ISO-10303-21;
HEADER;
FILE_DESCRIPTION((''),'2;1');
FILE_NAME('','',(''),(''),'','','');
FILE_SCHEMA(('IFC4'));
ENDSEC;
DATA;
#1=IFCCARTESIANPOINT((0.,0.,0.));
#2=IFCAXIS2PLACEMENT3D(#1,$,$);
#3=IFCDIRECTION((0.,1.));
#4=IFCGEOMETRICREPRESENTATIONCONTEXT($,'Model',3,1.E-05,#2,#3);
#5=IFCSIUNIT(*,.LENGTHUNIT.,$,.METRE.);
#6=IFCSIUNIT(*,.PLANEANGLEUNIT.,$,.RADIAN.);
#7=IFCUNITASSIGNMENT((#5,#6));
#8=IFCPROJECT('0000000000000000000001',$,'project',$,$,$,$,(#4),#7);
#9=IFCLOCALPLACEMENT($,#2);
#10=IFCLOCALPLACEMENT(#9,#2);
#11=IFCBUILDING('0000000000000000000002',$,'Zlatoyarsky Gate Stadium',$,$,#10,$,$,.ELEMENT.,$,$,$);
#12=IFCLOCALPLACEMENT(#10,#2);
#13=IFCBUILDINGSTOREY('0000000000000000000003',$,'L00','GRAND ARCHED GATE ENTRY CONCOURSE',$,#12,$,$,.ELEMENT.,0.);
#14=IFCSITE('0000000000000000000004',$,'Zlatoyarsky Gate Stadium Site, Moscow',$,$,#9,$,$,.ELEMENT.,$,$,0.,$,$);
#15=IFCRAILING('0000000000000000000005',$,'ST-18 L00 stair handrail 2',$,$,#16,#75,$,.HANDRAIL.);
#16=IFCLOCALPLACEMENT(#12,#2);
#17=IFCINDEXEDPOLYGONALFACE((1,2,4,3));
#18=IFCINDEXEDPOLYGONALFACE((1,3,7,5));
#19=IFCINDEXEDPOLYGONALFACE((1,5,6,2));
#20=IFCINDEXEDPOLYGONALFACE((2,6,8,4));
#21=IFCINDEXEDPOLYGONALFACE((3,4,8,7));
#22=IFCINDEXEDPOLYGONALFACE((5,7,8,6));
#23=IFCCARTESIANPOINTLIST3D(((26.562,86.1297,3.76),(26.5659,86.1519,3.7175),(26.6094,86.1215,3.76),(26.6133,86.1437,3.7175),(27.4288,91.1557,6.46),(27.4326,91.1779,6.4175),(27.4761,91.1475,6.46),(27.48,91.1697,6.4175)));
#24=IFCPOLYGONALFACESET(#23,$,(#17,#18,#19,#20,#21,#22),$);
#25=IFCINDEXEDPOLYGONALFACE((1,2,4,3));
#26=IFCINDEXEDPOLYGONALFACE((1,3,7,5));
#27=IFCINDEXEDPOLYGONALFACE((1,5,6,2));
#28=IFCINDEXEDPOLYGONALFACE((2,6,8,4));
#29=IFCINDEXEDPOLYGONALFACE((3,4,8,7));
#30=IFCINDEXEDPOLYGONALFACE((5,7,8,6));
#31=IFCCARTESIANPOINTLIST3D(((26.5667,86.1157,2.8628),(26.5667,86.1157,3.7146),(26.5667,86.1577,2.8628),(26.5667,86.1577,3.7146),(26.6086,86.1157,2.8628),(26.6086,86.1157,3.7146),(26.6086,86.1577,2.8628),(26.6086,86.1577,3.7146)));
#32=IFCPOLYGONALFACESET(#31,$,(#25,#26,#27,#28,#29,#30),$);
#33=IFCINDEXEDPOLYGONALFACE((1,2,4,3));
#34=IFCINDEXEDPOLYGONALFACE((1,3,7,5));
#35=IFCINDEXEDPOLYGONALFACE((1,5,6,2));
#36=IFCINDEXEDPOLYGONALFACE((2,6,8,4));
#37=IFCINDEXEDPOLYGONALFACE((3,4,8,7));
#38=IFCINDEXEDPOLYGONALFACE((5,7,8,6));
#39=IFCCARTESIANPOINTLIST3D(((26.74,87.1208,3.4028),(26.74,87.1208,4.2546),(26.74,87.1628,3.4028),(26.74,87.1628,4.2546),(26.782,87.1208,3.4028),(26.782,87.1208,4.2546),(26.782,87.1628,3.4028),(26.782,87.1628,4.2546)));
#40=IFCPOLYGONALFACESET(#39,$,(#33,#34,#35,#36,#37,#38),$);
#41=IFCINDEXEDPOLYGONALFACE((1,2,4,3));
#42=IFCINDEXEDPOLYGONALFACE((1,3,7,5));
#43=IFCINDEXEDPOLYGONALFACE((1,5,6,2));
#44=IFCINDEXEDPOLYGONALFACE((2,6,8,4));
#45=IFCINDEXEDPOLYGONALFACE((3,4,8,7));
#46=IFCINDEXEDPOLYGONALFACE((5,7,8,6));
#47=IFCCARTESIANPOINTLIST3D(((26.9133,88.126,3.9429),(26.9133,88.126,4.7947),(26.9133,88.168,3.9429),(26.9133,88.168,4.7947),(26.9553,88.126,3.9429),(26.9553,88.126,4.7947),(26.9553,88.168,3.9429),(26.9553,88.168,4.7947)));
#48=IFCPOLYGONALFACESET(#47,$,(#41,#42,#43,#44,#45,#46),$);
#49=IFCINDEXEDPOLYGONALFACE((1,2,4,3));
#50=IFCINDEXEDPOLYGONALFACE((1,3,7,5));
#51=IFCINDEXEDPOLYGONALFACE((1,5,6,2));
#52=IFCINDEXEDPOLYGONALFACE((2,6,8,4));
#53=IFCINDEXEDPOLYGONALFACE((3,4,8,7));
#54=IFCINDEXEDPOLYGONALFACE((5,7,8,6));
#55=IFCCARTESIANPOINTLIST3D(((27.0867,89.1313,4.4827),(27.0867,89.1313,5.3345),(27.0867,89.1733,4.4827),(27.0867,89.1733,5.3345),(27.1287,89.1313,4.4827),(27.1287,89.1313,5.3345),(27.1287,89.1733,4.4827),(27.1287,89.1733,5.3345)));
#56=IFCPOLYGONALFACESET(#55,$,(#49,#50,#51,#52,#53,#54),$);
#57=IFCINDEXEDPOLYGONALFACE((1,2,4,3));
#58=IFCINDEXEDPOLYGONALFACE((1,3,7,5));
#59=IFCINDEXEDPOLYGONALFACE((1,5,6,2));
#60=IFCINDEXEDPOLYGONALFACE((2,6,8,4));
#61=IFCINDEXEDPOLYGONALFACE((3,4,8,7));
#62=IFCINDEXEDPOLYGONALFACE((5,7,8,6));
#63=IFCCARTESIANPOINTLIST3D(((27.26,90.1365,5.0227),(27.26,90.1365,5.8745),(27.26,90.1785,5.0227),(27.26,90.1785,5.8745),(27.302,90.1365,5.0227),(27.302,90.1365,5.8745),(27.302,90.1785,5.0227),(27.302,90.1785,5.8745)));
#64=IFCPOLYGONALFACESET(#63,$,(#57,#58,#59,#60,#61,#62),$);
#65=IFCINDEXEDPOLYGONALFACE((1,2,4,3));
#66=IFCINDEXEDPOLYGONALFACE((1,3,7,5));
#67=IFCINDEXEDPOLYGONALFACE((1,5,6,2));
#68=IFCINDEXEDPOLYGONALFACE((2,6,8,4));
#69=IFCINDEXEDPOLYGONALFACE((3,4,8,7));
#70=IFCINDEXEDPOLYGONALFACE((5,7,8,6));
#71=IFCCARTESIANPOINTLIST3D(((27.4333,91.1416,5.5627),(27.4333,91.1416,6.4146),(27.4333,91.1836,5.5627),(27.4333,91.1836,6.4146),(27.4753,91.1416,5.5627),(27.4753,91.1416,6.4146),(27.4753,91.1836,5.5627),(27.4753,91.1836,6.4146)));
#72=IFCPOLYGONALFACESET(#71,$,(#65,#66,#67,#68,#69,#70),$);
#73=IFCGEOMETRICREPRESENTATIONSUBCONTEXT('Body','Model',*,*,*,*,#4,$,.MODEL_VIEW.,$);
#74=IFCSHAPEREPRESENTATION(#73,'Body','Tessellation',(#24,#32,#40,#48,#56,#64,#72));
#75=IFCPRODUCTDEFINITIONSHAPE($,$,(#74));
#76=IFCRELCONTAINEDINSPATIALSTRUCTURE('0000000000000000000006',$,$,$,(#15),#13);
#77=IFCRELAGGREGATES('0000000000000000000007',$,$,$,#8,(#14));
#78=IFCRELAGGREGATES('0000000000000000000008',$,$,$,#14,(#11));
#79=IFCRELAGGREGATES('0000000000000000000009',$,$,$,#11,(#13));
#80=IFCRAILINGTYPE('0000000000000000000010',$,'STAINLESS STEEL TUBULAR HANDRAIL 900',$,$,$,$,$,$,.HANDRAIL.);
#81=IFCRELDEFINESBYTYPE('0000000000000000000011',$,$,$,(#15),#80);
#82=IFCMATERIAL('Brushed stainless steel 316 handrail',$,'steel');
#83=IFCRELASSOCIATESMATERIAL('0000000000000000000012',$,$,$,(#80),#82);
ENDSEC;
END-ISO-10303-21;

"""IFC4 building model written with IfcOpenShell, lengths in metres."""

from ifc_helpers import new_model, si_unit, direction, frame, origin, origin_2d, place, context, subcontext, project, spatial, rectangle, extrude, material, type_object, element, save


model = new_model("IFC4")

# Units and contexts
model_context = context("Model", 3, precision=1e-05, world=origin(), true_north=direction((0.0, 1.0)))
body_context = subcontext(model_context, "Body", "Model", "MODEL_VIEW")
ifc_project = project(units=[si_unit("LENGTHUNIT", "METRE"), si_unit("PLANEANGLEUNIT", "RADIAN")], contexts=[model_context])

# Site, building, storey
site_placement = place(None, origin())
site = spatial("IfcSite", under=ifc_project, at=site_placement, Name="Zlatoyarsky Gate Stadium Site, Moscow", CompositionType="ELEMENT", RefElevation=0.0)
building_placement = place(site_placement, origin())
building = spatial("IfcBuilding", under=site, at=building_placement, Name="Zlatoyarsky Gate Stadium", CompositionType="ELEMENT")
storey_placement = place(building_placement, origin())
storey = spatial("IfcBuildingStorey", under=building, at=storey_placement, Name="L00", Description="GRAND ARCHED GATE ENTRY CONCOURSE", CompositionType="ELEMENT", Elevation=0.0)

# Railing
ifc_material_1 = material(Name="Brushed stainless steel 316 handrail", Category="steel")
railing_type_1 = type_object("IfcRailingType", Name="STAINLESS STEEL TUBULAR HANDRAIL 900", PredefinedType="HANDRAIL", material=ifc_material_1)
railing_1_placement = place(storey_placement, frame((26.5876, 86.1367, 2.8628)))
element("IfcRailing", 1, at=railing_1_placement, inside=storey, type_object=railing_type_1, Name="ST-18 L00 stair handrail 2", PredefinedType="HANDRAIL", context=body_context, shape_type="SweptSolid", body=[
    extrude(rectangle(XDim=0.0481, YDim=0.0481, at=origin_2d()), frame((0.0, 0.0, 0.876), z_axis=(0.150191, 0.870939, 0.467877), x_axis=(-0.985455, 0.169939, 0.0)), (0.0, 0.0, 1.0), 5.7708),
    extrude(rectangle(XDim=0.042, YDim=0.042, at=origin_2d()), origin(), (0.0, 0.0, 1.0), 0.8518),
    extrude(rectangle(XDim=0.042, YDim=0.042, at=origin_2d()), frame((0.1733, 1.0051, 0.54)), (0.0, 0.0, 1.0), 0.8518),
    extrude(rectangle(XDim=0.042, YDim=0.042, at=origin_2d()), frame((0.3467, 2.0103, 1.0801)), (0.0, 0.0, 1.0), 0.8518),
    extrude(rectangle(XDim=0.042, YDim=0.042, at=origin_2d()), frame((0.52, 3.0156, 1.6199)), (0.0, 0.0, 1.0), 0.8518),
    extrude(rectangle(XDim=0.042, YDim=0.042, at=origin_2d()), frame((0.6934, 4.0208, 2.1599)), (0.0, 0.0, 1.0), 0.8518),
    extrude(rectangle(XDim=0.042, YDim=0.042, at=origin_2d()), frame((0.8667, 5.0259, 2.7)), (0.0, 0.0, 1.0), 0.8518),
])

save(model, "model.ifc")
